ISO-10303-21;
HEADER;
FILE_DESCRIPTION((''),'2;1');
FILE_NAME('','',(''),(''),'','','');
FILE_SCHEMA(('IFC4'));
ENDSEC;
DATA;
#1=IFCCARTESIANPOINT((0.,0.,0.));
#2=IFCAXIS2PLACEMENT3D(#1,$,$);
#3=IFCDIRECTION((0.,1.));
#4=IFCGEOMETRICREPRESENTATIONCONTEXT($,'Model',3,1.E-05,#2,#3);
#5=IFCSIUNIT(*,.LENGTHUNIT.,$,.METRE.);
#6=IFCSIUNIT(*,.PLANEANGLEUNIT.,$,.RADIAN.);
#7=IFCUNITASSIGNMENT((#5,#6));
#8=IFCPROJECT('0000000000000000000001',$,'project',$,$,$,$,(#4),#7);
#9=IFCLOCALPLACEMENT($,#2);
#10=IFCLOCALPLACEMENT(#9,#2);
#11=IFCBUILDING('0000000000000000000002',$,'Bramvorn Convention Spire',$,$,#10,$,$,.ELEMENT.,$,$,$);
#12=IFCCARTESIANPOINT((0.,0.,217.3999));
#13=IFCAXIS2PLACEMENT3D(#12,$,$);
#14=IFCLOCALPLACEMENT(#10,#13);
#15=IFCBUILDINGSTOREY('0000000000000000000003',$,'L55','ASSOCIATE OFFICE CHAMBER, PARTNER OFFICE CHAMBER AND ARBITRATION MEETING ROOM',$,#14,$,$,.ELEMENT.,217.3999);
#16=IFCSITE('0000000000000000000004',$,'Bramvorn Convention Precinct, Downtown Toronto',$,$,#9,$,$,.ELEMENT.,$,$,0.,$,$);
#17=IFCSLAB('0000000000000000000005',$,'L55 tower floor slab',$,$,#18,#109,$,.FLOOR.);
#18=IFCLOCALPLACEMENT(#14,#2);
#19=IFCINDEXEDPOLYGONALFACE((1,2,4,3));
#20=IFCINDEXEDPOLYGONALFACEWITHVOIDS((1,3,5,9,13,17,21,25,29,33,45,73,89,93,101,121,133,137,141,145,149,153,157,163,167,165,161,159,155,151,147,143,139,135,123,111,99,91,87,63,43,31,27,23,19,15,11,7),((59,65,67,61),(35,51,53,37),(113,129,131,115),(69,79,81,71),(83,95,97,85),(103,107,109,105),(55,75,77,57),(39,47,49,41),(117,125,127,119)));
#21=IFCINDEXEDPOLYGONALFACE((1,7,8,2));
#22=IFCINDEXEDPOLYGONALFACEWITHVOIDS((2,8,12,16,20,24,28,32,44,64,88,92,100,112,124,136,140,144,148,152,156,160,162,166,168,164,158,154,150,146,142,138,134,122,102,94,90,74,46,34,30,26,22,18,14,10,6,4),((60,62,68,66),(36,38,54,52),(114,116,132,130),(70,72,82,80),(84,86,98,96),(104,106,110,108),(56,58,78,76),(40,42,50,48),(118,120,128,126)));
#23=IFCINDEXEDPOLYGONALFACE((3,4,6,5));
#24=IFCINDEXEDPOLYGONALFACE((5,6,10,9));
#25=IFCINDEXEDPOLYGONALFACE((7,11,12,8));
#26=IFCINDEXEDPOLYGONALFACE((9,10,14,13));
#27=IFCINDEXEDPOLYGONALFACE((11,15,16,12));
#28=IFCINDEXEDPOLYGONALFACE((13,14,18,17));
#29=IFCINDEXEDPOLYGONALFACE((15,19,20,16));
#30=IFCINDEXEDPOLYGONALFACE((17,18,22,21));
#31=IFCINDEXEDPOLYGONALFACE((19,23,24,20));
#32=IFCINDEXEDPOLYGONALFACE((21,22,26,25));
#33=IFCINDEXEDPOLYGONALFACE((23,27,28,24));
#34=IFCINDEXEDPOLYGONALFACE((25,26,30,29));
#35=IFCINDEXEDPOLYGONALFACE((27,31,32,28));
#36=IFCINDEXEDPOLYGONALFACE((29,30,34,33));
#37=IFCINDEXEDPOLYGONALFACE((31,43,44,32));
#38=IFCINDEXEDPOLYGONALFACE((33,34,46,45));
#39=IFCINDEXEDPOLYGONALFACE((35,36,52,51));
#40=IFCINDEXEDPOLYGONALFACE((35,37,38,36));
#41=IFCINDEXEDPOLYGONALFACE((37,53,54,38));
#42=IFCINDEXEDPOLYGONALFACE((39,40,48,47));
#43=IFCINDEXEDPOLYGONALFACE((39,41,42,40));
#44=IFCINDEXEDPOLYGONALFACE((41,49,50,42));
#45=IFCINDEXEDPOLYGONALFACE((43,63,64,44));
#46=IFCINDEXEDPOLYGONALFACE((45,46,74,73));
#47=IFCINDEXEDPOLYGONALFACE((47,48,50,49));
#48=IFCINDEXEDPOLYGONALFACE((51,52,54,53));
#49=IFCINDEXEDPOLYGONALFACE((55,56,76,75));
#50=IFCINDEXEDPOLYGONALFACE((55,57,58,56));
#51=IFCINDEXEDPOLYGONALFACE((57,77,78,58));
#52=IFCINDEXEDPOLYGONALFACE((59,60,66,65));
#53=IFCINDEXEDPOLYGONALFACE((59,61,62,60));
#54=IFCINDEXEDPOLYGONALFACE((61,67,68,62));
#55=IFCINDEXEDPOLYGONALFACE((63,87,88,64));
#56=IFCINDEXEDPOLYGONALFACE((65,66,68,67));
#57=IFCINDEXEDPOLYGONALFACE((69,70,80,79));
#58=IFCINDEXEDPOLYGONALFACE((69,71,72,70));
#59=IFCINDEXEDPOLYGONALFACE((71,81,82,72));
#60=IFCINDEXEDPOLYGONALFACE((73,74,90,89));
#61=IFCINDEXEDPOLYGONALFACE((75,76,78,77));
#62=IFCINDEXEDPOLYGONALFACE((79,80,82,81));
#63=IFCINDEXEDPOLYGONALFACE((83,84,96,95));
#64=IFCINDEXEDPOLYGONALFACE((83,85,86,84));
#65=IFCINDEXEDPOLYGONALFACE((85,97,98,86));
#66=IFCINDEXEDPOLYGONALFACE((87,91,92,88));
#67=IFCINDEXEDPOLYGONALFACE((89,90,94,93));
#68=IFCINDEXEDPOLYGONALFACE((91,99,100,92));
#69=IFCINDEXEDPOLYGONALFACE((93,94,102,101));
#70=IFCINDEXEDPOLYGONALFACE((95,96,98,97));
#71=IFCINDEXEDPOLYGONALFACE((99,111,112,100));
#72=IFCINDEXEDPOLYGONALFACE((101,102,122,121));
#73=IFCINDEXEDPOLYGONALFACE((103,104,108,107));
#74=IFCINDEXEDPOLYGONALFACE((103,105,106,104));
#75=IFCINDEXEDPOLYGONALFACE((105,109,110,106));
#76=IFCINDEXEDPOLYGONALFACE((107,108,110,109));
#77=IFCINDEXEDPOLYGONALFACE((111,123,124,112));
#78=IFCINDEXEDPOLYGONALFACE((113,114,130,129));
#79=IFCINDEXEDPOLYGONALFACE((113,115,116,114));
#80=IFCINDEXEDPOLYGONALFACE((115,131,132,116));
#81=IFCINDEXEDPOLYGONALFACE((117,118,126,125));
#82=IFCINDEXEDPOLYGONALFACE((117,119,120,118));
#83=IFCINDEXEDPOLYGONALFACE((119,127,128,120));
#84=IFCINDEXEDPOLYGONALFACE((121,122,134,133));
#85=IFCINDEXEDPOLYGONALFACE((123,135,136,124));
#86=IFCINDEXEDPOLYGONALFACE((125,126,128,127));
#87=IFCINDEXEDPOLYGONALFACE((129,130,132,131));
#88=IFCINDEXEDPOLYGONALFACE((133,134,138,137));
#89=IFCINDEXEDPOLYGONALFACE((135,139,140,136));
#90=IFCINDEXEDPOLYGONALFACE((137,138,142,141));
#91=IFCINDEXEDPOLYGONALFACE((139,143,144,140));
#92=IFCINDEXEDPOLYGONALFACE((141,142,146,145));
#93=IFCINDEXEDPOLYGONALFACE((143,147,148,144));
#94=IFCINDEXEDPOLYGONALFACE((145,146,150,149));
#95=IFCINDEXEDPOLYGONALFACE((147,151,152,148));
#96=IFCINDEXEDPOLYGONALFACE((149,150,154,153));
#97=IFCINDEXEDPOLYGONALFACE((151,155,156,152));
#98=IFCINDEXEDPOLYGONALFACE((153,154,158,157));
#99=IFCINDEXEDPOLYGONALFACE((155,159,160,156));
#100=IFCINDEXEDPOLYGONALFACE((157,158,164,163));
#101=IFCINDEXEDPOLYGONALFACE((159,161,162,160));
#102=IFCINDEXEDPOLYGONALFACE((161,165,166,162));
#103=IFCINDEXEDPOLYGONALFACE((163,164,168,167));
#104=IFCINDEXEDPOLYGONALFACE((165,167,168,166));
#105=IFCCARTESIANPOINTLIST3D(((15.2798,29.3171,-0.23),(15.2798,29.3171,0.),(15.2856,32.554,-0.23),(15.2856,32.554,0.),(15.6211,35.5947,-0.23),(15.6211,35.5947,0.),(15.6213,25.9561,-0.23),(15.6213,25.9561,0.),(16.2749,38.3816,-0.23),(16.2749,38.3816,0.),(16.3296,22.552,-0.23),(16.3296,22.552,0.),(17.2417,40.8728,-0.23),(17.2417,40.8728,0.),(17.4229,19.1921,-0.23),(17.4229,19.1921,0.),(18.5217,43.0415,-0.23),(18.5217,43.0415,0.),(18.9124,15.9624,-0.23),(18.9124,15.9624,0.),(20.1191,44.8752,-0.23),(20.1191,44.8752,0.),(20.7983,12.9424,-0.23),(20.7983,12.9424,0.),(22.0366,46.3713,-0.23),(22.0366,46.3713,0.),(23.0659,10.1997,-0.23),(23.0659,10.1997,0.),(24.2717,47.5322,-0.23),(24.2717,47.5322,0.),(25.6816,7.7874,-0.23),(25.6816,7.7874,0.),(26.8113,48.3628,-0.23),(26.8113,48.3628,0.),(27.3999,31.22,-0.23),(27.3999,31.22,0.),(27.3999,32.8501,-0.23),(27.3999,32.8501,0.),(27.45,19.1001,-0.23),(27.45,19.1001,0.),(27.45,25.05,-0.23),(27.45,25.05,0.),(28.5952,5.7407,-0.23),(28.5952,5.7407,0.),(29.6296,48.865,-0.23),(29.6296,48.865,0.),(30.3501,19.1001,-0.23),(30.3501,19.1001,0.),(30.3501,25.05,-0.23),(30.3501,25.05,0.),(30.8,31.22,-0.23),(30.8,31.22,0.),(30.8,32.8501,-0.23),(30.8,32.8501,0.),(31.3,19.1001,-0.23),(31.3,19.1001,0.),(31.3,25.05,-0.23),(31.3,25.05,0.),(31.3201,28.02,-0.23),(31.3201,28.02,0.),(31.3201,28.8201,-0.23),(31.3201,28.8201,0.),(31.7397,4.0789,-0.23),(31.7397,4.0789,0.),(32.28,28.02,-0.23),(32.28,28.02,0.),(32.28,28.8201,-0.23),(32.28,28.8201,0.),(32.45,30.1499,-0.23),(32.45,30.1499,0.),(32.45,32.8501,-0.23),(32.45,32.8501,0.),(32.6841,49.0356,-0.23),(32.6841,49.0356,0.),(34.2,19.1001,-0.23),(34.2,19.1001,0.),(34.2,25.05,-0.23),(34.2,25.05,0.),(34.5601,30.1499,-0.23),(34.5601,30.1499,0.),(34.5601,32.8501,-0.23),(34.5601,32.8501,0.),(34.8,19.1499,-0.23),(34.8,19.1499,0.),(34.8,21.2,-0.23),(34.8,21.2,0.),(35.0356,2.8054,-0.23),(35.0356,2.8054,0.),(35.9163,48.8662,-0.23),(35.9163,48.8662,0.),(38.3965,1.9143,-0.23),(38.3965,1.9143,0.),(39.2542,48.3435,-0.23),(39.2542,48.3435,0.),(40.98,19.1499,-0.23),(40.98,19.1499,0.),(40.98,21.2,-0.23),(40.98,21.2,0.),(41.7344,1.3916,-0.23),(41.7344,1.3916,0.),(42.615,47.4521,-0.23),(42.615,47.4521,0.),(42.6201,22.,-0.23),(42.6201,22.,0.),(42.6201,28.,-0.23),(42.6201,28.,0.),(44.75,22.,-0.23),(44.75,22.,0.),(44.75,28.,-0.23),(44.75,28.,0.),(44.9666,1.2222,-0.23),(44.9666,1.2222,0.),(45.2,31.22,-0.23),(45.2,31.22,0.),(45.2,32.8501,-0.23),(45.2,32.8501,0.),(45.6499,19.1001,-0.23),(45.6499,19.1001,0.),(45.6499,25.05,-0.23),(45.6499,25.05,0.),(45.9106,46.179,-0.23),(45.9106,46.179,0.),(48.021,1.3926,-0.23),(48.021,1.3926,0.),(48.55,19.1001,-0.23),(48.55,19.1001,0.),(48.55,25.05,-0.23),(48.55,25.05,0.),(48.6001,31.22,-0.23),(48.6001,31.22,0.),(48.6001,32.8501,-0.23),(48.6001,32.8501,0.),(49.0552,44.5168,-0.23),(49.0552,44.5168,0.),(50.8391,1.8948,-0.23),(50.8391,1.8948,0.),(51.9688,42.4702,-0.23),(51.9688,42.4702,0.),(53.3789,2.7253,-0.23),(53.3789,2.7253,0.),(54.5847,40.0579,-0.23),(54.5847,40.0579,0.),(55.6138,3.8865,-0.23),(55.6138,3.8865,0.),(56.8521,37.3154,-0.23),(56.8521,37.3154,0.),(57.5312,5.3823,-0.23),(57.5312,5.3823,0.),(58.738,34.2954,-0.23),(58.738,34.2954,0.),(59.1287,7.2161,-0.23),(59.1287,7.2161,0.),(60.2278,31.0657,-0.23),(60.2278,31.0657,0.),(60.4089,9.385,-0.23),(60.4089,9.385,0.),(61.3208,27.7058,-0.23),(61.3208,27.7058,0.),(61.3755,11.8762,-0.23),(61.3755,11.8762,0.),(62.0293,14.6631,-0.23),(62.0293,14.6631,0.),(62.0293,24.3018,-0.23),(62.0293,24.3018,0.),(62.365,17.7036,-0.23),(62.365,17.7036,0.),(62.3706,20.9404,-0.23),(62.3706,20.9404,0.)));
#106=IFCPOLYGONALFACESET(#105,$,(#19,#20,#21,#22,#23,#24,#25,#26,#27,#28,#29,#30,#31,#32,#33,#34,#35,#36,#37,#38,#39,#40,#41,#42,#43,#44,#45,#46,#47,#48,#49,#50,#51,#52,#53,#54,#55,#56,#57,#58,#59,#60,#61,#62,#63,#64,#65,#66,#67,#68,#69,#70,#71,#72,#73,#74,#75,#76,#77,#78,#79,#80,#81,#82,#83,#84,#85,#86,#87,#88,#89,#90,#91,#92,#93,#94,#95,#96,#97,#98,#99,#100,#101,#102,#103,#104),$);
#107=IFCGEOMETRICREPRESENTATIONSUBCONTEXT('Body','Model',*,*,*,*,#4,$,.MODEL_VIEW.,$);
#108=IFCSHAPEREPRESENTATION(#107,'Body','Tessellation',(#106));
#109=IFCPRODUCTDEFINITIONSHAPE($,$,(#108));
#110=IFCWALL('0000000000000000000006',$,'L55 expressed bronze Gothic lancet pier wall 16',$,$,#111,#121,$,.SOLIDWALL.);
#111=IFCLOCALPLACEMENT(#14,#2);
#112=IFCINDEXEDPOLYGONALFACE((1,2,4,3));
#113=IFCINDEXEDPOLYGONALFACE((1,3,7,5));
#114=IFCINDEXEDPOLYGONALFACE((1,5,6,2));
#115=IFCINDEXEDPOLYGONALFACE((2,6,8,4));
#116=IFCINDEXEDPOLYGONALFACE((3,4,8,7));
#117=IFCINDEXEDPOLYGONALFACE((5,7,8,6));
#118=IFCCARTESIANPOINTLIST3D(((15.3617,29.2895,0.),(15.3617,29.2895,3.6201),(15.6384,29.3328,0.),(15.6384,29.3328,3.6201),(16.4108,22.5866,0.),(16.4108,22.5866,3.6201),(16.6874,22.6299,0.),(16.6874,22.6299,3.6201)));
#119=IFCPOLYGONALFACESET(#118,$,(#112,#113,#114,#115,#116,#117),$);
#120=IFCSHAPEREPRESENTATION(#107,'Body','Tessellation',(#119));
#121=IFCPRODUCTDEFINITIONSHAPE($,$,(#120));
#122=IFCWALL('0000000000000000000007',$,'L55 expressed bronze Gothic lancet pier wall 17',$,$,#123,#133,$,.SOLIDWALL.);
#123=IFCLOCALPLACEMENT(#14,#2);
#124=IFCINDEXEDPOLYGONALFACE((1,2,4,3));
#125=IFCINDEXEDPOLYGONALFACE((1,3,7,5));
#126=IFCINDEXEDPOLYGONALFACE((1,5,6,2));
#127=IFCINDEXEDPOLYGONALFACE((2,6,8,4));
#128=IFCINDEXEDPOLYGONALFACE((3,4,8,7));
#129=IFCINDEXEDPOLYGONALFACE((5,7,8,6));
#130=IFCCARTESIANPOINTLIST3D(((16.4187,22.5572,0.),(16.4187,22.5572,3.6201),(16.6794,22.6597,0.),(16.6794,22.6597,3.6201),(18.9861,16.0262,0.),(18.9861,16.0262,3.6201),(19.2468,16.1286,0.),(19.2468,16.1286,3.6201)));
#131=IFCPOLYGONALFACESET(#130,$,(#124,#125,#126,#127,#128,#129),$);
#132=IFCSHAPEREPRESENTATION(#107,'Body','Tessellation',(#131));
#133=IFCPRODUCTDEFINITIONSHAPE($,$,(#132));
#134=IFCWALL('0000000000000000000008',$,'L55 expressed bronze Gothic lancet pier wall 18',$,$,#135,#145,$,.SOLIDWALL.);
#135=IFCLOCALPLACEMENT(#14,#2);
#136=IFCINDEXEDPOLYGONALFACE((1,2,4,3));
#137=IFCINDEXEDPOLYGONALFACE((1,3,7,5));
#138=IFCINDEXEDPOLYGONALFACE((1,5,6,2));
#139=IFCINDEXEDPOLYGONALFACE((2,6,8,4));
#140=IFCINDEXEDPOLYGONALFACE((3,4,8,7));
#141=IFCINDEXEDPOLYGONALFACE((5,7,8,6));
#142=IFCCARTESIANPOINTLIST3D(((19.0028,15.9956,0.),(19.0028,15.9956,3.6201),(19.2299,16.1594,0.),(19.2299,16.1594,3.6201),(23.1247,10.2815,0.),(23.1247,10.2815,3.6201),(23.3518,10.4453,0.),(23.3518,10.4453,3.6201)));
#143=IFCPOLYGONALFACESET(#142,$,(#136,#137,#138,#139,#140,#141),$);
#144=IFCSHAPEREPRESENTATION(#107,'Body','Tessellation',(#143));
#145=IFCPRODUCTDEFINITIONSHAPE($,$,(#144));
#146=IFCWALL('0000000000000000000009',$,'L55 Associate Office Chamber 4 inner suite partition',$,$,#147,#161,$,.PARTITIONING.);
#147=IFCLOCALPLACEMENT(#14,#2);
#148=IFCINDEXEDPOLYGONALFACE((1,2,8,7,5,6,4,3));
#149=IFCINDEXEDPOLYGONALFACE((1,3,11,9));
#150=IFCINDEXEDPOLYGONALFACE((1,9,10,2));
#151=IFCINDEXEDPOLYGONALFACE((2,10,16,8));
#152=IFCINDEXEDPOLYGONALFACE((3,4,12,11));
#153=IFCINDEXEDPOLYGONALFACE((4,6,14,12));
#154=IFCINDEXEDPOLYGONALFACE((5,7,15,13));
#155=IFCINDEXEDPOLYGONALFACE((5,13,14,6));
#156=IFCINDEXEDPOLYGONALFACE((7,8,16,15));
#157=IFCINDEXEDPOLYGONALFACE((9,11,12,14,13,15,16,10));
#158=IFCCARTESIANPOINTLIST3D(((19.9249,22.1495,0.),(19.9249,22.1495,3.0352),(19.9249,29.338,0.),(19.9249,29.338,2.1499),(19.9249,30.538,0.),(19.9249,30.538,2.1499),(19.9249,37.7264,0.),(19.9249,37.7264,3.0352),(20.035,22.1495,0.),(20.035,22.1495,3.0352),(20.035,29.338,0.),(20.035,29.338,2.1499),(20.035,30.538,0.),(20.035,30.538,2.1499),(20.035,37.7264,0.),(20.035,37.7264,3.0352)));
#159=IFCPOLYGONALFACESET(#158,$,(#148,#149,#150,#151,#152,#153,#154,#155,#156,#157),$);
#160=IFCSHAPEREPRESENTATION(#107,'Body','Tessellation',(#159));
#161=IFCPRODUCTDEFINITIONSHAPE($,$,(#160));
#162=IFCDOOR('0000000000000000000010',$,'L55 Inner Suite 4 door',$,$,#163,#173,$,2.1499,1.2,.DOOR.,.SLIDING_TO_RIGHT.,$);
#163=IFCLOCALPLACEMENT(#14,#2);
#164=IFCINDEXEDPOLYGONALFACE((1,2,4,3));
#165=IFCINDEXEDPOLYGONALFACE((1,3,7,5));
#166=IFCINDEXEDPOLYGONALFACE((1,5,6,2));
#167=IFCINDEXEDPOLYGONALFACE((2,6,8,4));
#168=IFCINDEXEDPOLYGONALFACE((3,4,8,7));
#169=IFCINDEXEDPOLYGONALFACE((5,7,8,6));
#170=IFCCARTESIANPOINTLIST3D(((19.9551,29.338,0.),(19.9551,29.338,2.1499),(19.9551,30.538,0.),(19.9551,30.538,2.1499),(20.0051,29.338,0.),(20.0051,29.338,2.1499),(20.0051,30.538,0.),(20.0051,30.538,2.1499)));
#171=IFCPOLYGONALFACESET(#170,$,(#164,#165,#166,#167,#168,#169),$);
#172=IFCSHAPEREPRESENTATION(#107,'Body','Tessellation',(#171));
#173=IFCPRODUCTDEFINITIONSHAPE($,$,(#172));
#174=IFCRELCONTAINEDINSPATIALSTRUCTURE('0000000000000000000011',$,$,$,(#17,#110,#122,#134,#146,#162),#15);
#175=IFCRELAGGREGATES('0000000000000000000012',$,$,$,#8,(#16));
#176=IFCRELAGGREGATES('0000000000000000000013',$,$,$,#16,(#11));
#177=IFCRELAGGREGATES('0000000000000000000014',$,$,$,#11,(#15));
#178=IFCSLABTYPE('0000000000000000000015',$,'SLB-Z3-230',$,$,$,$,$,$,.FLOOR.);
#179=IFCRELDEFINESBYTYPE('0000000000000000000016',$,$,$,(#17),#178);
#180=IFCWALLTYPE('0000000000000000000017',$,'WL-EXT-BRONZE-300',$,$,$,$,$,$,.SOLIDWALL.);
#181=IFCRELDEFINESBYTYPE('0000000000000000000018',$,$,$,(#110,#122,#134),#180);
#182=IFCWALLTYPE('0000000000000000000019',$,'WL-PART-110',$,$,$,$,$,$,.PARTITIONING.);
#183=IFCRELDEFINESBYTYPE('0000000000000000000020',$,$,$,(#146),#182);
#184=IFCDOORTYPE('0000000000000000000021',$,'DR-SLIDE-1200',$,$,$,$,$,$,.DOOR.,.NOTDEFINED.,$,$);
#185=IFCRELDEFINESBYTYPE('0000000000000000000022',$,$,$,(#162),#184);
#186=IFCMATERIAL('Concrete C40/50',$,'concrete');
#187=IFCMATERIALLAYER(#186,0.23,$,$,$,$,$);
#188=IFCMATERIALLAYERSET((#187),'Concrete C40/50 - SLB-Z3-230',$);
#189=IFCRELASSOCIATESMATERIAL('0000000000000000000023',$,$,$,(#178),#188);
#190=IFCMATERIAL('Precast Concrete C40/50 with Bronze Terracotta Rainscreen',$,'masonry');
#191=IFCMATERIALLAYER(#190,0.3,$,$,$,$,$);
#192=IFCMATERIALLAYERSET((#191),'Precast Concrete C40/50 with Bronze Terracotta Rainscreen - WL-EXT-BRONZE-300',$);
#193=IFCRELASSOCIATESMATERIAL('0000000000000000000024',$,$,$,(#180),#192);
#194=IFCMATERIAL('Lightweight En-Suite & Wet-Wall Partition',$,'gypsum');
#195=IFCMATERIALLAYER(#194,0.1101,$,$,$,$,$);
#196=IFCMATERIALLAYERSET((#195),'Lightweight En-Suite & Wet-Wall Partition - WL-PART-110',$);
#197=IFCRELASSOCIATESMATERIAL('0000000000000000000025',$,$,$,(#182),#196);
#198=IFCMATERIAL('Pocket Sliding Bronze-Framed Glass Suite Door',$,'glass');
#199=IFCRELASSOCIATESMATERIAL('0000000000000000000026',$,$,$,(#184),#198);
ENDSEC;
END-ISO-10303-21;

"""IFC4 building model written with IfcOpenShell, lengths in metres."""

from ifc_helpers import new_model, si_unit, direction, frame, frame_2d, origin, place, context, subcontext, project, spatial, polyline, rectangle, outline, extrude, material, layer, layer_set, type_object, element, fill, save


model = new_model("IFC4")

# Units and contexts
model_context = context("Model", 3, precision=1e-05, world=origin(), true_north=direction((0.0, 1.0)))
body_context = subcontext(model_context, "Body", "Model", "MODEL_VIEW")
ifc_project = project(units=[si_unit("LENGTHUNIT", "METRE"), si_unit("PLANEANGLEUNIT", "RADIAN")], contexts=[model_context])

# Site, building, storey
site_placement = place(None, origin())
site = spatial("IfcSite", under=ifc_project, at=site_placement, Name="Bramvorn Convention Precinct, Downtown Toronto", CompositionType="ELEMENT", RefElevation=0.0)
building_placement = place(site_placement, origin())
building = spatial("IfcBuilding", under=site, at=building_placement, Name="Bramvorn Convention Spire", CompositionType="ELEMENT")
storey_placement = place(building_placement, frame((0.0, 0.0, 217.3999)))
storey = spatial("IfcBuildingStorey", under=building, at=storey_placement, Name="L55", Description="ASSOCIATE OFFICE CHAMBER, PARTNER OFFICE CHAMBER AND ARBITRATION MEETING ROOM", CompositionType="ELEMENT", Elevation=217.3999)

# Slab
ifc_material_1 = material(Name="Concrete C40/50", Category="concrete")
ifc_layer_1 = layer(ifc_material_1, 0.23)
ifc_layer_set_1 = layer_set([ifc_layer_1], Name="Concrete C40/50 - SLB-Z3-230")
slab_type_1 = type_object("IfcSlabType", Name="SLB-Z3-230", PredefinedType="FLOOR", material=ifc_layer_set_1)
slab_1_placement = place(storey_placement, frame((0.0, 0.0, -0.23)))
element("IfcSlab", 1, at=slab_1_placement, inside=storey, type_object=slab_type_1, Name="L55 tower floor slab", PredefinedType="FLOOR", context=body_context, shape_type="SweptSolid", body=[
    extrude(outline(polyline([(57.5312, 5.3823), (59.1287, 7.2161), (60.4089, 9.385), (61.3755, 11.8762), (62.0293, 14.6631), (62.365, 17.7036), (62.3706, 20.9404), (62.0293, 24.3018), (61.3208, 27.7058), (60.2278, 31.0657), (58.738, 34.2954), (56.8521, 37.3154), (54.5847, 40.0579), (51.9688, 42.4702), (49.0552, 44.5168), (45.9106, 46.179), (42.615, 47.4521), (39.2542, 48.3435), (35.9163, 48.8662), (32.6841, 49.0356), (29.6296, 48.865), (26.8113, 48.3628), (24.2717, 47.5322), (22.0366, 46.3713), (20.1191, 44.8752), (18.5217, 43.0415), (17.2417, 40.8728), (16.2749, 38.3816), (15.6211, 35.5947), (15.2856, 32.554), (15.2798, 29.3171), (15.6213, 25.9561), (16.3296, 22.552), (17.4229, 19.1921), (18.9124, 15.9624), (20.7983, 12.9424), (23.0659, 10.1997), (25.6816, 7.7874), (28.5952, 5.7407), (31.7397, 4.0789), (35.0356, 2.8054), (38.3965, 1.9143), (41.7344, 1.3916), (44.9666, 1.2222), (48.021, 1.3926), (50.8391, 1.8948), (53.3789, 2.7253), (55.6138, 3.8865), (57.5312, 5.3823)]), holes=[polyline([(27.45, 25.05), (27.45, 19.1001), (30.3501, 19.1001), (30.3501, 25.05), (27.45, 25.05)]), polyline([(45.6499, 25.05), (45.6499, 19.1001), (48.55, 19.1001), (48.55, 25.05), (45.6499, 25.05)]), polyline([(31.3, 25.05), (31.3, 19.1001), (34.2, 19.1001), (34.2, 25.05), (31.3, 25.05)]), polyline([(27.3999, 31.22), (30.8, 31.22), (30.8, 32.8501), (27.3999, 32.8501), (27.3999, 31.22)]), polyline([(45.2, 31.22), (48.6001, 31.22), (48.6001, 32.8501), (45.2, 32.8501), (45.2, 31.22)]), polyline([(32.45, 30.1499), (34.5601, 30.1499), (34.5601, 32.8501), (32.45, 32.8501), (32.45, 30.1499)]), polyline([(34.8, 19.1499), (40.98, 19.1499), (40.98, 21.2), (34.8, 21.2), (34.8, 19.1499)]), polyline([(42.6201, 22.0), (44.75, 22.0), (44.75, 28.0), (42.6201, 28.0), (42.6201, 22.0)]), polyline([(31.3201, 28.02), (32.28, 28.02), (32.28, 28.8201), (31.3201, 28.8201), (31.3201, 28.02)])]), origin(), (0.0, 0.0, 1.0), 0.23),
])

# Walls
ifc_material_2 = material(Name="Precast Concrete C40/50 with Bronze Terracotta Rainscreen", Category="masonry")
ifc_layer_2 = layer(ifc_material_2, 0.3)
ifc_layer_set_2 = layer_set([ifc_layer_2], Name="Precast Concrete C40/50 with Bronze Terracotta Rainscreen - WL-EXT-BRONZE-300")
wall_type_1 = type_object("IfcWallType", Name="WL-EXT-BRONZE-300", PredefinedType="SOLIDWALL", material=ifc_layer_set_2)
wall_1_placement = place(storey_placement, frame((16.5491, 22.6084, 0.0), z_axis=(0.0, 0.0, 1.0), x_axis=(-0.154628, 0.987973, 0.0)))
element("IfcWall", 2, at=wall_1_placement, inside=storey, type_object=wall_type_1, Name="L55 expressed bronze Gothic lancet pier wall 16", PredefinedType="SOLIDWALL", context=body_context, shape_type="SweptSolid", body=[
    extrude(rectangle(XDim=6.7844, YDim=0.28, at=frame_2d((3.3921, 0.0))), origin(), (0.0, 0.0, 1.0), 3.6201),
])
wall_2_placement = place(storey_placement, frame((19.1165, 16.0774, 0.0), z_axis=(0.0, 0.0, 1.0), x_axis=(-0.365854, 0.930672, 0.0)))
element("IfcWall", 3, at=wall_2_placement, inside=storey, type_object=wall_type_1, Name="L55 expressed bronze Gothic lancet pier wall 17", PredefinedType="SOLIDWALL", context=body_context, shape_type="SweptSolid", body=[
    extrude(rectangle(XDim=7.0176, YDim=0.28, at=frame_2d((3.5088, 0.0))), origin(), (0.0, 0.0, 1.0), 3.6201),
])
wall_3_placement = place(storey_placement, frame((23.2383, 10.3633, 0.0), z_axis=(0.0, 0.0, 1.0), x_axis=(-0.585021, 0.811018, 0.0)))
element("IfcWall", 4, at=wall_3_placement, inside=storey, type_object=wall_type_1, Name="L55 expressed bronze Gothic lancet pier wall 18", PredefinedType="SOLIDWALL", context=body_context, shape_type="SweptSolid", body=[
    extrude(rectangle(XDim=7.0457, YDim=0.28, at=frame_2d((3.5229, 0.0))), origin(), (0.0, 0.0, 1.0), 3.6201),
])

# Wall, opening, door
ifc_material_3 = material(Name="Lightweight En-Suite & Wet-Wall Partition", Category="gypsum")
ifc_layer_3 = layer(ifc_material_3, 0.1101)
ifc_layer_set_3 = layer_set([ifc_layer_3], Name="Lightweight En-Suite & Wet-Wall Partition - WL-PART-110")
wall_type_2 = type_object("IfcWallType", Name="WL-PART-110", PredefinedType="PARTITIONING", material=ifc_layer_set_3)
wall_4_placement = place(storey_placement, frame((19.98, 22.1494, 0.0), z_axis=(0.0, 0.0, 1.0), x_axis=(0.0, 1.0, 0.0)))
wall_4 = element("IfcWall", 5, at=wall_4_placement, inside=storey, type_object=wall_type_2, Name="L55 Associate Office Chamber 4 inner suite partition", PredefinedType="PARTITIONING", context=body_context, shape_type="SweptSolid", body=[
    extrude(rectangle(XDim=15.5769, YDim=0.1101, at=frame_2d((7.7886, 0.0))), origin(), (0.0, 0.0, 1.0), 3.0352),
])
opening_placement = place(wall_4_placement, frame((7.1885, 0.0, 0.0)))
opening = element("IfcOpeningElement", 6, at=opening_placement, cuts=wall_4, PredefinedType="OPENING", context=body_context, shape_type="SweptSolid", body=[
    extrude(rectangle(XDim=1.2, YDim=2.1499, at=frame_2d((0.6001, 1.075))), frame((0.0, 0.0649, 0.0), z_axis=(0.0, -1.0, 0.0), x_axis=(1.0, 0.0, 0.0)), (0.0, 0.0, 1.0), 0.1301),
])
ifc_material_4 = material(Name="Pocket Sliding Bronze-Framed Glass Suite Door", Category="glass")
door_type = type_object("IfcDoorType", Name="DR-SLIDE-1200", OperationType="NOTDEFINED", PredefinedType="DOOR", material=ifc_material_4)
door_placement = place(opening_placement, origin())
door = element("IfcDoor", 7, at=door_placement, inside=storey, type_object=door_type, Name="L55 Inner Suite 4 door", OperationType="SLIDING_TO_RIGHT", OverallHeight=2.1499, OverallWidth=1.2, PredefinedType="DOOR", context=body_context, shape_type="SweptSolid", body=[
    extrude(rectangle(XDim=1.2, YDim=2.1499, at=frame_2d((0.6001, 1.075))), frame((0.0, 0.0249, 0.0), z_axis=(0.0, -1.0, 0.0), x_axis=(1.0, 0.0, 0.0)), (0.0, 0.0, 1.0), 0.05),
])
fill(opening, door)

save(model, "model.ifc")
